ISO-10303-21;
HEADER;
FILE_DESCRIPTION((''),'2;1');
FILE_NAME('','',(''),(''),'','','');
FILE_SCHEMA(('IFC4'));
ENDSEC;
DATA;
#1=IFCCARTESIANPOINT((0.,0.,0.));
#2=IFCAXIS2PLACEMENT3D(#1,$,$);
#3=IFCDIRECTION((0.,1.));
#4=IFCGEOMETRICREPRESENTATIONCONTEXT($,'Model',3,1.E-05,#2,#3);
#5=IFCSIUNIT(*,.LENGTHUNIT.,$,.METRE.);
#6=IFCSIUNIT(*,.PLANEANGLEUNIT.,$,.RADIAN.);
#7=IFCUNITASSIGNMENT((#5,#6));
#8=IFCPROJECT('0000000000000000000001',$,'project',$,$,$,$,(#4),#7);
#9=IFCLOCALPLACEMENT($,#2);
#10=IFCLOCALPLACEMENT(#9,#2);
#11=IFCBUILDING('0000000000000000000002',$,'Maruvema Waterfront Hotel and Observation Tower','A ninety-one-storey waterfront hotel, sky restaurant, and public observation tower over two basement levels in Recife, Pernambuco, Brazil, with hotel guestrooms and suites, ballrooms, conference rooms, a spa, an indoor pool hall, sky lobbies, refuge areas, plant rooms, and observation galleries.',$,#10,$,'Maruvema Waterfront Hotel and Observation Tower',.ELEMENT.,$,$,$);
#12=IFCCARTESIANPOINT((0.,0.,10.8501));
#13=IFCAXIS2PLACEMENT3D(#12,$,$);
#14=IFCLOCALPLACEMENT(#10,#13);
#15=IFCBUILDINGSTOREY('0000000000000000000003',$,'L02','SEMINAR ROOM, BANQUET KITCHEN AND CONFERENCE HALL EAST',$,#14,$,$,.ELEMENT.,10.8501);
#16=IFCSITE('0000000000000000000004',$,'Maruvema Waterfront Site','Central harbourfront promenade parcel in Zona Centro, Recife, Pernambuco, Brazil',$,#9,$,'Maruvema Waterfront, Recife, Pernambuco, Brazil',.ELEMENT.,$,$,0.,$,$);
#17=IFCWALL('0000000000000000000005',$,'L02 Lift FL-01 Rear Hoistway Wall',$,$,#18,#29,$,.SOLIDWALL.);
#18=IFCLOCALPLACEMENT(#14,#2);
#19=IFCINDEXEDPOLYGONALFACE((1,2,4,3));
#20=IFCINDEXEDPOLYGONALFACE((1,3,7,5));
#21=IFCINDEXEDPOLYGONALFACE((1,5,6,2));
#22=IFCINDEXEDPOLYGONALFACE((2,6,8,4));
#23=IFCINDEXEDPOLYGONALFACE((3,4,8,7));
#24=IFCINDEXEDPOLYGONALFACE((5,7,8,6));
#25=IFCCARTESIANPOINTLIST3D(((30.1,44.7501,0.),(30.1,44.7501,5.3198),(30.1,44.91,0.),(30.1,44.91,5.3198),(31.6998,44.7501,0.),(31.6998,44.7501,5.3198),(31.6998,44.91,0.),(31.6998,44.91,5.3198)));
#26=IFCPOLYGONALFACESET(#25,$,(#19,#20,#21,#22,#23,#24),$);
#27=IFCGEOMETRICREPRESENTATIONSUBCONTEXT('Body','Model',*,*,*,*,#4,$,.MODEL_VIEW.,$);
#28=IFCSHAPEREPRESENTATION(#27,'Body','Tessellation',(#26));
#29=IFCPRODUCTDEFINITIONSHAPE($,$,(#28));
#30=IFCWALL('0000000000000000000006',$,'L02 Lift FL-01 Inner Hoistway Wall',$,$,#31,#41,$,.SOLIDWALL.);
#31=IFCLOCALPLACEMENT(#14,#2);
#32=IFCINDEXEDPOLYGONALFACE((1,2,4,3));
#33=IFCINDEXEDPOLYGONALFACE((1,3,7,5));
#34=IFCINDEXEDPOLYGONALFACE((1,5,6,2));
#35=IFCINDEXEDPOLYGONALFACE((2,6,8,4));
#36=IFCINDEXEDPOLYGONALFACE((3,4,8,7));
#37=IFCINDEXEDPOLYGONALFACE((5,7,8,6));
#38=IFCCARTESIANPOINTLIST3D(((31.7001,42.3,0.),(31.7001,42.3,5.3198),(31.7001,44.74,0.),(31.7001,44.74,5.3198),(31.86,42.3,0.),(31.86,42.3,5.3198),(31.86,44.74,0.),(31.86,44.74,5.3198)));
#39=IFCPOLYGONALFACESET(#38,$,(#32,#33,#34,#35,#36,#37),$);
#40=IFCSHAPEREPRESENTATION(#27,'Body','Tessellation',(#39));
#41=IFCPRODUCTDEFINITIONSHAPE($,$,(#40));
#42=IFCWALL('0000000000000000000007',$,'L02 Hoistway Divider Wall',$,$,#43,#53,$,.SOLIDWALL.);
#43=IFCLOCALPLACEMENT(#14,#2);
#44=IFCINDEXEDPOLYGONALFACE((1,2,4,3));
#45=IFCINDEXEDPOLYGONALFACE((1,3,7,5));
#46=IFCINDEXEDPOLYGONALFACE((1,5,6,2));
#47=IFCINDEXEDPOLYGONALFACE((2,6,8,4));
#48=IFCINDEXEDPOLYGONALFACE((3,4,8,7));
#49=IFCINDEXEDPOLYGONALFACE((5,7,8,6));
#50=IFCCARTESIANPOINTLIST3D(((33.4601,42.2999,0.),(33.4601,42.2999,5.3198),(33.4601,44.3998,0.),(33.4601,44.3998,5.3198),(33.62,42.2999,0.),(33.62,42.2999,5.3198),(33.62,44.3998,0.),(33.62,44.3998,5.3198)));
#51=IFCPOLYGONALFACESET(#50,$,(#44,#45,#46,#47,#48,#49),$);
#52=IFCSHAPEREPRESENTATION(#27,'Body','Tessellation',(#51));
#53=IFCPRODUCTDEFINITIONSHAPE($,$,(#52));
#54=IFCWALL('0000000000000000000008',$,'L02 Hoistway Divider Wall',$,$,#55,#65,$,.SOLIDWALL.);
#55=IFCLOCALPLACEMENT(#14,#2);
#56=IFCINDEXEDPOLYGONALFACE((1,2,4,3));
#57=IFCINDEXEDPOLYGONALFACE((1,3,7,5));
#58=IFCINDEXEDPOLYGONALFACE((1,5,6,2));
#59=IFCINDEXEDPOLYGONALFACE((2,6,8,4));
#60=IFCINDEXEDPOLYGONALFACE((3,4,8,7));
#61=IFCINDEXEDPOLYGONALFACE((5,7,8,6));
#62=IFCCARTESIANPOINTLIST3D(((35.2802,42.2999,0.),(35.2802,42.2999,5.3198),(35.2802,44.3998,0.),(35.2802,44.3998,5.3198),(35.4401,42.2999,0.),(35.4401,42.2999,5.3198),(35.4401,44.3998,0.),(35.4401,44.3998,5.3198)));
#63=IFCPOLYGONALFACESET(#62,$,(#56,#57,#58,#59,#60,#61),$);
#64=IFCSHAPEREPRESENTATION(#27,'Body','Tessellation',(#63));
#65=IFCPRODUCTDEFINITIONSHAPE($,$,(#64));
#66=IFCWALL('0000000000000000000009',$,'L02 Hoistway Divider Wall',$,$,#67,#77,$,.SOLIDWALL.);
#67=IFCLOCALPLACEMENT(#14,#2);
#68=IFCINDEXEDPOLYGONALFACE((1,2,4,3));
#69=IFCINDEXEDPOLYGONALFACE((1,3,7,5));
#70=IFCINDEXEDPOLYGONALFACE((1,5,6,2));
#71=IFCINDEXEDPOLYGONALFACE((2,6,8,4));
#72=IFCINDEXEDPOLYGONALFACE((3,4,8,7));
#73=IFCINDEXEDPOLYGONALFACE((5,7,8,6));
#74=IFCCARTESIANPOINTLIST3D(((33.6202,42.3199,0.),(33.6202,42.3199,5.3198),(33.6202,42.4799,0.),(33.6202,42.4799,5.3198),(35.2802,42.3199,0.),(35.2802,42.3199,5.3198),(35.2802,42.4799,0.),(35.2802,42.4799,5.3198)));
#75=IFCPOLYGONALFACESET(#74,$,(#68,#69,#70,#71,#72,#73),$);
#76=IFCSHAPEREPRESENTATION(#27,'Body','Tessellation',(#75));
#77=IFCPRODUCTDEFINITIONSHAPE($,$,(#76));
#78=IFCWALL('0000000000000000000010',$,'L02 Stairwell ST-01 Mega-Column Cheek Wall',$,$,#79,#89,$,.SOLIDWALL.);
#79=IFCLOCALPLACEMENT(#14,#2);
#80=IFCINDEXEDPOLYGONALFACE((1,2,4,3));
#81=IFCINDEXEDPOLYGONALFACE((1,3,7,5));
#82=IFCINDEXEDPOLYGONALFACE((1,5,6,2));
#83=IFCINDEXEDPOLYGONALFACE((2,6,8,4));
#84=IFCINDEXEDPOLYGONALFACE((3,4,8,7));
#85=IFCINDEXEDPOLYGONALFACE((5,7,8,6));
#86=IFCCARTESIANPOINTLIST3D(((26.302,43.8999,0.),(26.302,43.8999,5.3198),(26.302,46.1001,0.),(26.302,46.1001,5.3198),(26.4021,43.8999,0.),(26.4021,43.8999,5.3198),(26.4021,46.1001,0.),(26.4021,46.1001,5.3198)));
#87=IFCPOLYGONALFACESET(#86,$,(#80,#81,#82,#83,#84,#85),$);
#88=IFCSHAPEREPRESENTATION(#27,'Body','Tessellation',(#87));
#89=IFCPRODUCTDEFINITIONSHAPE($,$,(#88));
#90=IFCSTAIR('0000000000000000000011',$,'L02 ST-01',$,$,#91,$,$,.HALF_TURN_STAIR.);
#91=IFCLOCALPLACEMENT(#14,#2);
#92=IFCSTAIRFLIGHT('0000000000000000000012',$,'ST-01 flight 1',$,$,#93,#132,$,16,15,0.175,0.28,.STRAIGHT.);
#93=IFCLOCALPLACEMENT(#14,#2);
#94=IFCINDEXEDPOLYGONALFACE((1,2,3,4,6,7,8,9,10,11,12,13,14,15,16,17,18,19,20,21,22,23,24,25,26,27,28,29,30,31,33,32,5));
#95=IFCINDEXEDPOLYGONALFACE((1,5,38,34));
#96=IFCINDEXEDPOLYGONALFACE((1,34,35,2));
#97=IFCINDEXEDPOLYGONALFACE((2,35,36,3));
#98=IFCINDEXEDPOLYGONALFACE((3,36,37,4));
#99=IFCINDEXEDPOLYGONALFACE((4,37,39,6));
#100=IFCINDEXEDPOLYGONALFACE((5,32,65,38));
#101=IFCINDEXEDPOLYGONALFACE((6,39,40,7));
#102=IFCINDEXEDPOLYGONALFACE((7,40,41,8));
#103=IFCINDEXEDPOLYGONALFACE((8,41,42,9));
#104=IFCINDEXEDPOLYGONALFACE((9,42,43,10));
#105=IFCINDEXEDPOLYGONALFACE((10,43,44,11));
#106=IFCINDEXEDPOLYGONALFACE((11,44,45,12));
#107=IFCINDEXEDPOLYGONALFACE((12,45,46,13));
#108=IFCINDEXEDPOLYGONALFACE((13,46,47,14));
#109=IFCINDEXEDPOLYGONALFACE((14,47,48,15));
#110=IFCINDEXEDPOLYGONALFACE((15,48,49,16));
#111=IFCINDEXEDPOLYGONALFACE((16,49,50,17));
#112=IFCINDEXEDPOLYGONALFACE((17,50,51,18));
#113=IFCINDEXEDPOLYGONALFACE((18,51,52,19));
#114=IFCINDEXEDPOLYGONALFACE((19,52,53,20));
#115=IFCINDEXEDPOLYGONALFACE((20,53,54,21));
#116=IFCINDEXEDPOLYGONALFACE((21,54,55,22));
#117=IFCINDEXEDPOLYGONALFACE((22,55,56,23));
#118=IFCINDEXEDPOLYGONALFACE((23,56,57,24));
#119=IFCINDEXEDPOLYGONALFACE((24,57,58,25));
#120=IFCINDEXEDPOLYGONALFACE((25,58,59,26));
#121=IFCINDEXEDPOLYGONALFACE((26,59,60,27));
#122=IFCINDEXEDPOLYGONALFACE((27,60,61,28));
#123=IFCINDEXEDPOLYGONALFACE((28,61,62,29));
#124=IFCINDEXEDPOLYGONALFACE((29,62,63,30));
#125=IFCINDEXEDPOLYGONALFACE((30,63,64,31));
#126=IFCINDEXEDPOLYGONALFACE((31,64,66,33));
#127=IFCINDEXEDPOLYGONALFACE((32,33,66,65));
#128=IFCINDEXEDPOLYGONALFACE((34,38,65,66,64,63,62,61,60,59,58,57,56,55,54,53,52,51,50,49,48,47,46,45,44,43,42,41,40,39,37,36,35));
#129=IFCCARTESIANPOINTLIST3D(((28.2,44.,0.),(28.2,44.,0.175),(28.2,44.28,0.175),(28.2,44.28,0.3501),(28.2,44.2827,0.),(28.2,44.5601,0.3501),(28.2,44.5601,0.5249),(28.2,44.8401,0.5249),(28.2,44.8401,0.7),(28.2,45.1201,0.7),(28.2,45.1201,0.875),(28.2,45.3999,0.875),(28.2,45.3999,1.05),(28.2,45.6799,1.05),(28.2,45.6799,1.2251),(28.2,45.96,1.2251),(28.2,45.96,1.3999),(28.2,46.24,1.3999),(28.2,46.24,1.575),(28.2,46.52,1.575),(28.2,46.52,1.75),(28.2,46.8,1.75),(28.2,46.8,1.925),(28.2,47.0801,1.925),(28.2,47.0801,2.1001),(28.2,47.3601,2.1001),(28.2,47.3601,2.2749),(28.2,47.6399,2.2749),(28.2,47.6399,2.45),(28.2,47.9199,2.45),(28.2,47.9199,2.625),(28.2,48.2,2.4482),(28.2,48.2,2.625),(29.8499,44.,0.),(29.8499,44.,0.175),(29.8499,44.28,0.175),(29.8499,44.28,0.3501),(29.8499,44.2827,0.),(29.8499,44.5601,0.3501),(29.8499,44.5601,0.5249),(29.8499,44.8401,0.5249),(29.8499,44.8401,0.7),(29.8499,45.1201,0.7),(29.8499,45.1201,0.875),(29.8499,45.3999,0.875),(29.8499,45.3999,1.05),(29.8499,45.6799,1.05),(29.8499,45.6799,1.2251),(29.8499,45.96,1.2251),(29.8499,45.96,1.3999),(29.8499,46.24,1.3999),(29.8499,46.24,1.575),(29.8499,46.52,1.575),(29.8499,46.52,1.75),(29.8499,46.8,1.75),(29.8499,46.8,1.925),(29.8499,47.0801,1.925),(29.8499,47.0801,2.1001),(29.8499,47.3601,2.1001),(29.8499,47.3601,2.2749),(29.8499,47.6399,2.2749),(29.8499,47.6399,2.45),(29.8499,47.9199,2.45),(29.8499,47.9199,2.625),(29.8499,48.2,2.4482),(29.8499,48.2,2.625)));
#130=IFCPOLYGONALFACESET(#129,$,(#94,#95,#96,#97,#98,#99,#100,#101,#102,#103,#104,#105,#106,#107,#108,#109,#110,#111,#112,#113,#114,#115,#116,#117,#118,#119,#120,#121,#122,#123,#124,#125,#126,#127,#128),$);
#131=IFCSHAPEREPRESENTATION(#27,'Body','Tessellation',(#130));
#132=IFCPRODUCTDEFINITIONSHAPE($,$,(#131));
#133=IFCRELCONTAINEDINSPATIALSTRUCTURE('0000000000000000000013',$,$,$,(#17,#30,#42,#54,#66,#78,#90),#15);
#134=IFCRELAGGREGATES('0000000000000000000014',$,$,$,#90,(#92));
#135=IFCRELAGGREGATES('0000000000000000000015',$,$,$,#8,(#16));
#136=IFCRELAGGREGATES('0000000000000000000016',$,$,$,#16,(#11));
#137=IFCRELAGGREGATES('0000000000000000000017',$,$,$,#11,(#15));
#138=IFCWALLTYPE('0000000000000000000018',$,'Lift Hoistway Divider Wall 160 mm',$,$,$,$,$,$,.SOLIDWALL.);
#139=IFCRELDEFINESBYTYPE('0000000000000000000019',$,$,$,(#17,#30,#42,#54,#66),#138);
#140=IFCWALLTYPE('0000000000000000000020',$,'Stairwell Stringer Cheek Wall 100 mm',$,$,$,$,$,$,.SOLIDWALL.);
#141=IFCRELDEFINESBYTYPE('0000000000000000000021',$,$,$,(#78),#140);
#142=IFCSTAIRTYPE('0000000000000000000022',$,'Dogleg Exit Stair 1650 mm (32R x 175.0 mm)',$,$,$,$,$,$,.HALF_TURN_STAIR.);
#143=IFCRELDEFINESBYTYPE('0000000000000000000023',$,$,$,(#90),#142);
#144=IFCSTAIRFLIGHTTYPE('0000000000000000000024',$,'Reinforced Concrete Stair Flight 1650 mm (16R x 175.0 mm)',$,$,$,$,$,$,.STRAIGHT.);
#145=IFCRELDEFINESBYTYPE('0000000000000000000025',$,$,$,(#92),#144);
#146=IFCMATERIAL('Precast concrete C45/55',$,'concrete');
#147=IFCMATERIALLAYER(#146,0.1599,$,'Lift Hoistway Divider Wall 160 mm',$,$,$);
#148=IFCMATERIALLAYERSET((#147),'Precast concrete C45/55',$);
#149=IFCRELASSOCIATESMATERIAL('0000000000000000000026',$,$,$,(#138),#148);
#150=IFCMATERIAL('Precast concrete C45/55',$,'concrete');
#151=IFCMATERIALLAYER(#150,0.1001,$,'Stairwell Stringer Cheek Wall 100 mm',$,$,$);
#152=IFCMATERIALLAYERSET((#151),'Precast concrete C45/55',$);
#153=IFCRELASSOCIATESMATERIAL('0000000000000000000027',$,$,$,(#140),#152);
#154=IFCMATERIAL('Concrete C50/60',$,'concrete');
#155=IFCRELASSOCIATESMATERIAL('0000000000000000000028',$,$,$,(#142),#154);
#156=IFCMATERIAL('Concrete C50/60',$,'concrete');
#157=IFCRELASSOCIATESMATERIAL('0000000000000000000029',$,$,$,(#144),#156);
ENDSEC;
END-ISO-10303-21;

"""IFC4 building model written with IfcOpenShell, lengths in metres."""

from ifc_helpers import new_model, si_unit, direction, frame, frame_2d, origin, place, context, subcontext, project, spatial, polyline, rectangle, outline, extrude, material, layer, layer_set, type_object, element, aggregate, save


model = new_model("IFC4")

# Units and contexts
model_context = context("Model", 3, precision=1e-05, world=origin(), true_north=direction((0.0, 1.0)))
body_context = subcontext(model_context, "Body", "Model", "MODEL_VIEW")
ifc_project = project(units=[si_unit("LENGTHUNIT", "METRE"), si_unit("PLANEANGLEUNIT", "RADIAN")], contexts=[model_context])

# Site, building, storey
site_placement = place(None, origin())
site = spatial("IfcSite", under=ifc_project, at=site_placement, Name="Maruvema Waterfront Site", Description="Central harbourfront promenade parcel in Zona Centro, Recife, Pernambuco, Brazil", LongName="Maruvema Waterfront, Recife, Pernambuco, Brazil", CompositionType="ELEMENT", RefElevation=0.0)
building_placement = place(site_placement, origin())
building = spatial("IfcBuilding", under=site, at=building_placement, Name="Maruvema Waterfront Hotel and Observation Tower", Description="A ninety-one-storey waterfront hotel, sky restaurant, and public observation tower over two basement levels in Recife, Pernambuco, Brazil, with hotel guestrooms and suites, ballrooms, conference rooms, a spa, an indoor pool hall, sky lobbies, refuge areas, plant rooms, and observation galleries.", LongName="Maruvema Waterfront Hotel and Observation Tower", CompositionType="ELEMENT")
storey_placement = place(building_placement, frame((0.0, 0.0, 10.8501)))
storey = spatial("IfcBuildingStorey", under=building, at=storey_placement, Name="L02", Description="SEMINAR ROOM, BANQUET KITCHEN AND CONFERENCE HALL EAST", CompositionType="ELEMENT", Elevation=10.8501)

# Walls
ifc_material_1 = material(Name="Precast concrete C45/55", Category="concrete")
ifc_layer_1 = layer(ifc_material_1, 0.1599, Name="Lift Hoistway Divider Wall 160 mm")
ifc_layer_set_1 = layer_set([ifc_layer_1], Name="Precast concrete C45/55")
wall_type_1 = type_object("IfcWallType", Name="Lift Hoistway Divider Wall 160 mm", PredefinedType="SOLIDWALL", material=ifc_layer_set_1)
wall_1_placement = place(storey_placement, frame((30.1001, 44.8301, 0.0), z_axis=(0.0, 0.0, 1.0), x_axis=(1.0, 0.0, 0.0)))
element("IfcWall", 1, at=wall_1_placement, inside=storey, type_object=wall_type_1, Name="L02 Lift FL-01 Rear Hoistway Wall", PredefinedType="SOLIDWALL", context=body_context, shape_type="SweptSolid", body=[
    extrude(rectangle(XDim=1.5999, YDim=0.1599, at=frame_2d((0.7998, 0.0))), origin(), (0.0, 0.0, 1.0), 5.3198),
])
wall_2_placement = place(storey_placement, frame((31.78, 42.3, 0.0), z_axis=(0.0, 0.0, 1.0), x_axis=(0.0, 1.0, 0.0)))
element("IfcWall", 2, at=wall_2_placement, inside=storey, type_object=wall_type_1, Name="L02 Lift FL-01 Inner Hoistway Wall", PredefinedType="SOLIDWALL", context=body_context, shape_type="SweptSolid", body=[
    extrude(rectangle(XDim=2.4399, YDim=0.1599, at=frame_2d((1.22, 0.0))), origin(), (0.0, 0.0, 1.0), 5.3198),
])
for number, where, z_axis, x_axis, name in (
    (3, (33.54, 42.3, 0.0), (0.0, 0.0, 1.0), (0.0, 1.0, 0.0), "L02 Hoistway Divider Wall"),
    (4, (35.3601, 42.3, 0.0), (0.0, 0.0, 1.0), (0.0, 1.0, 0.0), "L02 Hoistway Divider Wall"),
):
    element("IfcWall", number, at=place(storey_placement, frame(where, z_axis=z_axis, x_axis=x_axis)), inside=storey, type_object=wall_type_1, Name=name, PredefinedType="SOLIDWALL", context=body_context, shape_type="SweptSolid", body=[
        extrude(rectangle(XDim=2.0999, YDim=0.1599, at=frame_2d((1.0498, 0.0))), origin(), (0.0, 0.0, 1.0), 5.3198),
    ])
wall_3_placement = place(storey_placement, frame((33.6201, 42.3999, 0.0), z_axis=(0.0, 0.0, 1.0), x_axis=(1.0, 0.0, 0.0)))
element("IfcWall", 5, at=wall_3_placement, inside=storey, type_object=wall_type_1, Name="L02 Hoistway Divider Wall", PredefinedType="SOLIDWALL", context=body_context, shape_type="SweptSolid", body=[
    extrude(rectangle(XDim=1.6599, YDim=0.1599, at=frame_2d((0.8301, 0.0))), origin(), (0.0, 0.0, 1.0), 5.3198),
])
ifc_material_2 = material(Name="Precast concrete C45/55", Category="concrete")
ifc_layer_2 = layer(ifc_material_2, 0.1001, Name="Stairwell Stringer Cheek Wall 100 mm")
ifc_layer_set_2 = layer_set([ifc_layer_2], Name="Precast concrete C45/55")
wall_type_2 = type_object("IfcWallType", Name="Stairwell Stringer Cheek Wall 100 mm", PredefinedType="SOLIDWALL", material=ifc_layer_set_2)
wall_4_placement = place(storey_placement, frame((26.3521, 43.8999, 0.0), z_axis=(0.0, 0.0, 1.0), x_axis=(0.0, 1.0, 0.0)))
element("IfcWall", 6, at=wall_4_placement, inside=storey, type_object=wall_type_2, Name="L02 Stairwell ST-01 Mega-Column Cheek Wall", PredefinedType="SOLIDWALL", context=body_context, shape_type="SweptSolid", body=[
    extrude(rectangle(XDim=2.2002, YDim=0.1001, at=frame_2d((1.1001, 0.0))), origin(), (0.0, 0.0, 1.0), 5.3198),
])

# Stair, stair flight
ifc_material_3 = material(Name="Concrete C50/60", Category="concrete")
stair_type = type_object("IfcStairType", Name="Dogleg Exit Stair 1650 mm (32R x 175.0 mm)", PredefinedType="HALF_TURN_STAIR", material=ifc_material_3)
stair_placement = place(storey_placement, origin())
stair = element("IfcStair", 7, at=stair_placement, inside=storey, type_object=stair_type, Name="L02 ST-01", PredefinedType="HALF_TURN_STAIR")
ifc_material_4 = material(Name="Concrete C50/60", Category="concrete")
stair_flight_type = type_object("IfcStairFlightType", Name="Reinforced Concrete Stair Flight 1650 mm (16R x 175.0 mm)", PredefinedType="STRAIGHT", material=ifc_material_4)
stair_flight_placement = place(storey_placement, frame((29.0249, 44.0, 0.0), z_axis=(0.0, 0.0, 1.0), x_axis=(0.0, 1.0, 0.0)))
stair_flight = element("IfcStairFlight", 8, at=stair_flight_placement, type_object=stair_flight_type, Name="ST-01 flight 1", NumberOfRisers=16, NumberOfTreads=15, PredefinedType="STRAIGHT", RiserHeight=0.175, TreadLength=0.28, context=body_context, shape_type="SweptSolid", body=[
    extrude(outline(polyline([(0.0, 0.0), (0.0, 0.175), (0.28, 0.175), (0.28, 0.3501), (0.5601, 0.3501), (0.5601, 0.5249), (0.8401, 0.5249), (0.8401, 0.7), (1.1201, 0.7), (1.1201, 0.875), (1.3999, 0.875), (1.3999, 1.05), (1.6799, 1.05), (1.6799, 1.2251), (1.96, 1.2251), (1.96, 1.3999), (2.24, 1.3999), (2.24, 1.575), (2.52, 1.575), (2.52, 1.75), (2.8, 1.75), (2.8, 1.925), (3.0801, 1.925), (3.0801, 2.1001), (3.3601, 2.1001), (3.3601, 2.2749), (3.6399, 2.2749), (3.6399, 2.45), (3.9199, 2.45), (3.9199, 2.625), (4.2, 2.625), (4.2, 2.8), (4.2, 2.4482), (0.2827, 0.0), (0.0, 0.0)])), frame((0.0, 0.825, 0.0), z_axis=(0.0, -1.0, 0.0), x_axis=(1.0, 0.0, 0.0)), (0.0, 0.0, 1.0), 1.6499),
])
aggregate(stair, [stair_flight])

save(model, "model.ifc")
